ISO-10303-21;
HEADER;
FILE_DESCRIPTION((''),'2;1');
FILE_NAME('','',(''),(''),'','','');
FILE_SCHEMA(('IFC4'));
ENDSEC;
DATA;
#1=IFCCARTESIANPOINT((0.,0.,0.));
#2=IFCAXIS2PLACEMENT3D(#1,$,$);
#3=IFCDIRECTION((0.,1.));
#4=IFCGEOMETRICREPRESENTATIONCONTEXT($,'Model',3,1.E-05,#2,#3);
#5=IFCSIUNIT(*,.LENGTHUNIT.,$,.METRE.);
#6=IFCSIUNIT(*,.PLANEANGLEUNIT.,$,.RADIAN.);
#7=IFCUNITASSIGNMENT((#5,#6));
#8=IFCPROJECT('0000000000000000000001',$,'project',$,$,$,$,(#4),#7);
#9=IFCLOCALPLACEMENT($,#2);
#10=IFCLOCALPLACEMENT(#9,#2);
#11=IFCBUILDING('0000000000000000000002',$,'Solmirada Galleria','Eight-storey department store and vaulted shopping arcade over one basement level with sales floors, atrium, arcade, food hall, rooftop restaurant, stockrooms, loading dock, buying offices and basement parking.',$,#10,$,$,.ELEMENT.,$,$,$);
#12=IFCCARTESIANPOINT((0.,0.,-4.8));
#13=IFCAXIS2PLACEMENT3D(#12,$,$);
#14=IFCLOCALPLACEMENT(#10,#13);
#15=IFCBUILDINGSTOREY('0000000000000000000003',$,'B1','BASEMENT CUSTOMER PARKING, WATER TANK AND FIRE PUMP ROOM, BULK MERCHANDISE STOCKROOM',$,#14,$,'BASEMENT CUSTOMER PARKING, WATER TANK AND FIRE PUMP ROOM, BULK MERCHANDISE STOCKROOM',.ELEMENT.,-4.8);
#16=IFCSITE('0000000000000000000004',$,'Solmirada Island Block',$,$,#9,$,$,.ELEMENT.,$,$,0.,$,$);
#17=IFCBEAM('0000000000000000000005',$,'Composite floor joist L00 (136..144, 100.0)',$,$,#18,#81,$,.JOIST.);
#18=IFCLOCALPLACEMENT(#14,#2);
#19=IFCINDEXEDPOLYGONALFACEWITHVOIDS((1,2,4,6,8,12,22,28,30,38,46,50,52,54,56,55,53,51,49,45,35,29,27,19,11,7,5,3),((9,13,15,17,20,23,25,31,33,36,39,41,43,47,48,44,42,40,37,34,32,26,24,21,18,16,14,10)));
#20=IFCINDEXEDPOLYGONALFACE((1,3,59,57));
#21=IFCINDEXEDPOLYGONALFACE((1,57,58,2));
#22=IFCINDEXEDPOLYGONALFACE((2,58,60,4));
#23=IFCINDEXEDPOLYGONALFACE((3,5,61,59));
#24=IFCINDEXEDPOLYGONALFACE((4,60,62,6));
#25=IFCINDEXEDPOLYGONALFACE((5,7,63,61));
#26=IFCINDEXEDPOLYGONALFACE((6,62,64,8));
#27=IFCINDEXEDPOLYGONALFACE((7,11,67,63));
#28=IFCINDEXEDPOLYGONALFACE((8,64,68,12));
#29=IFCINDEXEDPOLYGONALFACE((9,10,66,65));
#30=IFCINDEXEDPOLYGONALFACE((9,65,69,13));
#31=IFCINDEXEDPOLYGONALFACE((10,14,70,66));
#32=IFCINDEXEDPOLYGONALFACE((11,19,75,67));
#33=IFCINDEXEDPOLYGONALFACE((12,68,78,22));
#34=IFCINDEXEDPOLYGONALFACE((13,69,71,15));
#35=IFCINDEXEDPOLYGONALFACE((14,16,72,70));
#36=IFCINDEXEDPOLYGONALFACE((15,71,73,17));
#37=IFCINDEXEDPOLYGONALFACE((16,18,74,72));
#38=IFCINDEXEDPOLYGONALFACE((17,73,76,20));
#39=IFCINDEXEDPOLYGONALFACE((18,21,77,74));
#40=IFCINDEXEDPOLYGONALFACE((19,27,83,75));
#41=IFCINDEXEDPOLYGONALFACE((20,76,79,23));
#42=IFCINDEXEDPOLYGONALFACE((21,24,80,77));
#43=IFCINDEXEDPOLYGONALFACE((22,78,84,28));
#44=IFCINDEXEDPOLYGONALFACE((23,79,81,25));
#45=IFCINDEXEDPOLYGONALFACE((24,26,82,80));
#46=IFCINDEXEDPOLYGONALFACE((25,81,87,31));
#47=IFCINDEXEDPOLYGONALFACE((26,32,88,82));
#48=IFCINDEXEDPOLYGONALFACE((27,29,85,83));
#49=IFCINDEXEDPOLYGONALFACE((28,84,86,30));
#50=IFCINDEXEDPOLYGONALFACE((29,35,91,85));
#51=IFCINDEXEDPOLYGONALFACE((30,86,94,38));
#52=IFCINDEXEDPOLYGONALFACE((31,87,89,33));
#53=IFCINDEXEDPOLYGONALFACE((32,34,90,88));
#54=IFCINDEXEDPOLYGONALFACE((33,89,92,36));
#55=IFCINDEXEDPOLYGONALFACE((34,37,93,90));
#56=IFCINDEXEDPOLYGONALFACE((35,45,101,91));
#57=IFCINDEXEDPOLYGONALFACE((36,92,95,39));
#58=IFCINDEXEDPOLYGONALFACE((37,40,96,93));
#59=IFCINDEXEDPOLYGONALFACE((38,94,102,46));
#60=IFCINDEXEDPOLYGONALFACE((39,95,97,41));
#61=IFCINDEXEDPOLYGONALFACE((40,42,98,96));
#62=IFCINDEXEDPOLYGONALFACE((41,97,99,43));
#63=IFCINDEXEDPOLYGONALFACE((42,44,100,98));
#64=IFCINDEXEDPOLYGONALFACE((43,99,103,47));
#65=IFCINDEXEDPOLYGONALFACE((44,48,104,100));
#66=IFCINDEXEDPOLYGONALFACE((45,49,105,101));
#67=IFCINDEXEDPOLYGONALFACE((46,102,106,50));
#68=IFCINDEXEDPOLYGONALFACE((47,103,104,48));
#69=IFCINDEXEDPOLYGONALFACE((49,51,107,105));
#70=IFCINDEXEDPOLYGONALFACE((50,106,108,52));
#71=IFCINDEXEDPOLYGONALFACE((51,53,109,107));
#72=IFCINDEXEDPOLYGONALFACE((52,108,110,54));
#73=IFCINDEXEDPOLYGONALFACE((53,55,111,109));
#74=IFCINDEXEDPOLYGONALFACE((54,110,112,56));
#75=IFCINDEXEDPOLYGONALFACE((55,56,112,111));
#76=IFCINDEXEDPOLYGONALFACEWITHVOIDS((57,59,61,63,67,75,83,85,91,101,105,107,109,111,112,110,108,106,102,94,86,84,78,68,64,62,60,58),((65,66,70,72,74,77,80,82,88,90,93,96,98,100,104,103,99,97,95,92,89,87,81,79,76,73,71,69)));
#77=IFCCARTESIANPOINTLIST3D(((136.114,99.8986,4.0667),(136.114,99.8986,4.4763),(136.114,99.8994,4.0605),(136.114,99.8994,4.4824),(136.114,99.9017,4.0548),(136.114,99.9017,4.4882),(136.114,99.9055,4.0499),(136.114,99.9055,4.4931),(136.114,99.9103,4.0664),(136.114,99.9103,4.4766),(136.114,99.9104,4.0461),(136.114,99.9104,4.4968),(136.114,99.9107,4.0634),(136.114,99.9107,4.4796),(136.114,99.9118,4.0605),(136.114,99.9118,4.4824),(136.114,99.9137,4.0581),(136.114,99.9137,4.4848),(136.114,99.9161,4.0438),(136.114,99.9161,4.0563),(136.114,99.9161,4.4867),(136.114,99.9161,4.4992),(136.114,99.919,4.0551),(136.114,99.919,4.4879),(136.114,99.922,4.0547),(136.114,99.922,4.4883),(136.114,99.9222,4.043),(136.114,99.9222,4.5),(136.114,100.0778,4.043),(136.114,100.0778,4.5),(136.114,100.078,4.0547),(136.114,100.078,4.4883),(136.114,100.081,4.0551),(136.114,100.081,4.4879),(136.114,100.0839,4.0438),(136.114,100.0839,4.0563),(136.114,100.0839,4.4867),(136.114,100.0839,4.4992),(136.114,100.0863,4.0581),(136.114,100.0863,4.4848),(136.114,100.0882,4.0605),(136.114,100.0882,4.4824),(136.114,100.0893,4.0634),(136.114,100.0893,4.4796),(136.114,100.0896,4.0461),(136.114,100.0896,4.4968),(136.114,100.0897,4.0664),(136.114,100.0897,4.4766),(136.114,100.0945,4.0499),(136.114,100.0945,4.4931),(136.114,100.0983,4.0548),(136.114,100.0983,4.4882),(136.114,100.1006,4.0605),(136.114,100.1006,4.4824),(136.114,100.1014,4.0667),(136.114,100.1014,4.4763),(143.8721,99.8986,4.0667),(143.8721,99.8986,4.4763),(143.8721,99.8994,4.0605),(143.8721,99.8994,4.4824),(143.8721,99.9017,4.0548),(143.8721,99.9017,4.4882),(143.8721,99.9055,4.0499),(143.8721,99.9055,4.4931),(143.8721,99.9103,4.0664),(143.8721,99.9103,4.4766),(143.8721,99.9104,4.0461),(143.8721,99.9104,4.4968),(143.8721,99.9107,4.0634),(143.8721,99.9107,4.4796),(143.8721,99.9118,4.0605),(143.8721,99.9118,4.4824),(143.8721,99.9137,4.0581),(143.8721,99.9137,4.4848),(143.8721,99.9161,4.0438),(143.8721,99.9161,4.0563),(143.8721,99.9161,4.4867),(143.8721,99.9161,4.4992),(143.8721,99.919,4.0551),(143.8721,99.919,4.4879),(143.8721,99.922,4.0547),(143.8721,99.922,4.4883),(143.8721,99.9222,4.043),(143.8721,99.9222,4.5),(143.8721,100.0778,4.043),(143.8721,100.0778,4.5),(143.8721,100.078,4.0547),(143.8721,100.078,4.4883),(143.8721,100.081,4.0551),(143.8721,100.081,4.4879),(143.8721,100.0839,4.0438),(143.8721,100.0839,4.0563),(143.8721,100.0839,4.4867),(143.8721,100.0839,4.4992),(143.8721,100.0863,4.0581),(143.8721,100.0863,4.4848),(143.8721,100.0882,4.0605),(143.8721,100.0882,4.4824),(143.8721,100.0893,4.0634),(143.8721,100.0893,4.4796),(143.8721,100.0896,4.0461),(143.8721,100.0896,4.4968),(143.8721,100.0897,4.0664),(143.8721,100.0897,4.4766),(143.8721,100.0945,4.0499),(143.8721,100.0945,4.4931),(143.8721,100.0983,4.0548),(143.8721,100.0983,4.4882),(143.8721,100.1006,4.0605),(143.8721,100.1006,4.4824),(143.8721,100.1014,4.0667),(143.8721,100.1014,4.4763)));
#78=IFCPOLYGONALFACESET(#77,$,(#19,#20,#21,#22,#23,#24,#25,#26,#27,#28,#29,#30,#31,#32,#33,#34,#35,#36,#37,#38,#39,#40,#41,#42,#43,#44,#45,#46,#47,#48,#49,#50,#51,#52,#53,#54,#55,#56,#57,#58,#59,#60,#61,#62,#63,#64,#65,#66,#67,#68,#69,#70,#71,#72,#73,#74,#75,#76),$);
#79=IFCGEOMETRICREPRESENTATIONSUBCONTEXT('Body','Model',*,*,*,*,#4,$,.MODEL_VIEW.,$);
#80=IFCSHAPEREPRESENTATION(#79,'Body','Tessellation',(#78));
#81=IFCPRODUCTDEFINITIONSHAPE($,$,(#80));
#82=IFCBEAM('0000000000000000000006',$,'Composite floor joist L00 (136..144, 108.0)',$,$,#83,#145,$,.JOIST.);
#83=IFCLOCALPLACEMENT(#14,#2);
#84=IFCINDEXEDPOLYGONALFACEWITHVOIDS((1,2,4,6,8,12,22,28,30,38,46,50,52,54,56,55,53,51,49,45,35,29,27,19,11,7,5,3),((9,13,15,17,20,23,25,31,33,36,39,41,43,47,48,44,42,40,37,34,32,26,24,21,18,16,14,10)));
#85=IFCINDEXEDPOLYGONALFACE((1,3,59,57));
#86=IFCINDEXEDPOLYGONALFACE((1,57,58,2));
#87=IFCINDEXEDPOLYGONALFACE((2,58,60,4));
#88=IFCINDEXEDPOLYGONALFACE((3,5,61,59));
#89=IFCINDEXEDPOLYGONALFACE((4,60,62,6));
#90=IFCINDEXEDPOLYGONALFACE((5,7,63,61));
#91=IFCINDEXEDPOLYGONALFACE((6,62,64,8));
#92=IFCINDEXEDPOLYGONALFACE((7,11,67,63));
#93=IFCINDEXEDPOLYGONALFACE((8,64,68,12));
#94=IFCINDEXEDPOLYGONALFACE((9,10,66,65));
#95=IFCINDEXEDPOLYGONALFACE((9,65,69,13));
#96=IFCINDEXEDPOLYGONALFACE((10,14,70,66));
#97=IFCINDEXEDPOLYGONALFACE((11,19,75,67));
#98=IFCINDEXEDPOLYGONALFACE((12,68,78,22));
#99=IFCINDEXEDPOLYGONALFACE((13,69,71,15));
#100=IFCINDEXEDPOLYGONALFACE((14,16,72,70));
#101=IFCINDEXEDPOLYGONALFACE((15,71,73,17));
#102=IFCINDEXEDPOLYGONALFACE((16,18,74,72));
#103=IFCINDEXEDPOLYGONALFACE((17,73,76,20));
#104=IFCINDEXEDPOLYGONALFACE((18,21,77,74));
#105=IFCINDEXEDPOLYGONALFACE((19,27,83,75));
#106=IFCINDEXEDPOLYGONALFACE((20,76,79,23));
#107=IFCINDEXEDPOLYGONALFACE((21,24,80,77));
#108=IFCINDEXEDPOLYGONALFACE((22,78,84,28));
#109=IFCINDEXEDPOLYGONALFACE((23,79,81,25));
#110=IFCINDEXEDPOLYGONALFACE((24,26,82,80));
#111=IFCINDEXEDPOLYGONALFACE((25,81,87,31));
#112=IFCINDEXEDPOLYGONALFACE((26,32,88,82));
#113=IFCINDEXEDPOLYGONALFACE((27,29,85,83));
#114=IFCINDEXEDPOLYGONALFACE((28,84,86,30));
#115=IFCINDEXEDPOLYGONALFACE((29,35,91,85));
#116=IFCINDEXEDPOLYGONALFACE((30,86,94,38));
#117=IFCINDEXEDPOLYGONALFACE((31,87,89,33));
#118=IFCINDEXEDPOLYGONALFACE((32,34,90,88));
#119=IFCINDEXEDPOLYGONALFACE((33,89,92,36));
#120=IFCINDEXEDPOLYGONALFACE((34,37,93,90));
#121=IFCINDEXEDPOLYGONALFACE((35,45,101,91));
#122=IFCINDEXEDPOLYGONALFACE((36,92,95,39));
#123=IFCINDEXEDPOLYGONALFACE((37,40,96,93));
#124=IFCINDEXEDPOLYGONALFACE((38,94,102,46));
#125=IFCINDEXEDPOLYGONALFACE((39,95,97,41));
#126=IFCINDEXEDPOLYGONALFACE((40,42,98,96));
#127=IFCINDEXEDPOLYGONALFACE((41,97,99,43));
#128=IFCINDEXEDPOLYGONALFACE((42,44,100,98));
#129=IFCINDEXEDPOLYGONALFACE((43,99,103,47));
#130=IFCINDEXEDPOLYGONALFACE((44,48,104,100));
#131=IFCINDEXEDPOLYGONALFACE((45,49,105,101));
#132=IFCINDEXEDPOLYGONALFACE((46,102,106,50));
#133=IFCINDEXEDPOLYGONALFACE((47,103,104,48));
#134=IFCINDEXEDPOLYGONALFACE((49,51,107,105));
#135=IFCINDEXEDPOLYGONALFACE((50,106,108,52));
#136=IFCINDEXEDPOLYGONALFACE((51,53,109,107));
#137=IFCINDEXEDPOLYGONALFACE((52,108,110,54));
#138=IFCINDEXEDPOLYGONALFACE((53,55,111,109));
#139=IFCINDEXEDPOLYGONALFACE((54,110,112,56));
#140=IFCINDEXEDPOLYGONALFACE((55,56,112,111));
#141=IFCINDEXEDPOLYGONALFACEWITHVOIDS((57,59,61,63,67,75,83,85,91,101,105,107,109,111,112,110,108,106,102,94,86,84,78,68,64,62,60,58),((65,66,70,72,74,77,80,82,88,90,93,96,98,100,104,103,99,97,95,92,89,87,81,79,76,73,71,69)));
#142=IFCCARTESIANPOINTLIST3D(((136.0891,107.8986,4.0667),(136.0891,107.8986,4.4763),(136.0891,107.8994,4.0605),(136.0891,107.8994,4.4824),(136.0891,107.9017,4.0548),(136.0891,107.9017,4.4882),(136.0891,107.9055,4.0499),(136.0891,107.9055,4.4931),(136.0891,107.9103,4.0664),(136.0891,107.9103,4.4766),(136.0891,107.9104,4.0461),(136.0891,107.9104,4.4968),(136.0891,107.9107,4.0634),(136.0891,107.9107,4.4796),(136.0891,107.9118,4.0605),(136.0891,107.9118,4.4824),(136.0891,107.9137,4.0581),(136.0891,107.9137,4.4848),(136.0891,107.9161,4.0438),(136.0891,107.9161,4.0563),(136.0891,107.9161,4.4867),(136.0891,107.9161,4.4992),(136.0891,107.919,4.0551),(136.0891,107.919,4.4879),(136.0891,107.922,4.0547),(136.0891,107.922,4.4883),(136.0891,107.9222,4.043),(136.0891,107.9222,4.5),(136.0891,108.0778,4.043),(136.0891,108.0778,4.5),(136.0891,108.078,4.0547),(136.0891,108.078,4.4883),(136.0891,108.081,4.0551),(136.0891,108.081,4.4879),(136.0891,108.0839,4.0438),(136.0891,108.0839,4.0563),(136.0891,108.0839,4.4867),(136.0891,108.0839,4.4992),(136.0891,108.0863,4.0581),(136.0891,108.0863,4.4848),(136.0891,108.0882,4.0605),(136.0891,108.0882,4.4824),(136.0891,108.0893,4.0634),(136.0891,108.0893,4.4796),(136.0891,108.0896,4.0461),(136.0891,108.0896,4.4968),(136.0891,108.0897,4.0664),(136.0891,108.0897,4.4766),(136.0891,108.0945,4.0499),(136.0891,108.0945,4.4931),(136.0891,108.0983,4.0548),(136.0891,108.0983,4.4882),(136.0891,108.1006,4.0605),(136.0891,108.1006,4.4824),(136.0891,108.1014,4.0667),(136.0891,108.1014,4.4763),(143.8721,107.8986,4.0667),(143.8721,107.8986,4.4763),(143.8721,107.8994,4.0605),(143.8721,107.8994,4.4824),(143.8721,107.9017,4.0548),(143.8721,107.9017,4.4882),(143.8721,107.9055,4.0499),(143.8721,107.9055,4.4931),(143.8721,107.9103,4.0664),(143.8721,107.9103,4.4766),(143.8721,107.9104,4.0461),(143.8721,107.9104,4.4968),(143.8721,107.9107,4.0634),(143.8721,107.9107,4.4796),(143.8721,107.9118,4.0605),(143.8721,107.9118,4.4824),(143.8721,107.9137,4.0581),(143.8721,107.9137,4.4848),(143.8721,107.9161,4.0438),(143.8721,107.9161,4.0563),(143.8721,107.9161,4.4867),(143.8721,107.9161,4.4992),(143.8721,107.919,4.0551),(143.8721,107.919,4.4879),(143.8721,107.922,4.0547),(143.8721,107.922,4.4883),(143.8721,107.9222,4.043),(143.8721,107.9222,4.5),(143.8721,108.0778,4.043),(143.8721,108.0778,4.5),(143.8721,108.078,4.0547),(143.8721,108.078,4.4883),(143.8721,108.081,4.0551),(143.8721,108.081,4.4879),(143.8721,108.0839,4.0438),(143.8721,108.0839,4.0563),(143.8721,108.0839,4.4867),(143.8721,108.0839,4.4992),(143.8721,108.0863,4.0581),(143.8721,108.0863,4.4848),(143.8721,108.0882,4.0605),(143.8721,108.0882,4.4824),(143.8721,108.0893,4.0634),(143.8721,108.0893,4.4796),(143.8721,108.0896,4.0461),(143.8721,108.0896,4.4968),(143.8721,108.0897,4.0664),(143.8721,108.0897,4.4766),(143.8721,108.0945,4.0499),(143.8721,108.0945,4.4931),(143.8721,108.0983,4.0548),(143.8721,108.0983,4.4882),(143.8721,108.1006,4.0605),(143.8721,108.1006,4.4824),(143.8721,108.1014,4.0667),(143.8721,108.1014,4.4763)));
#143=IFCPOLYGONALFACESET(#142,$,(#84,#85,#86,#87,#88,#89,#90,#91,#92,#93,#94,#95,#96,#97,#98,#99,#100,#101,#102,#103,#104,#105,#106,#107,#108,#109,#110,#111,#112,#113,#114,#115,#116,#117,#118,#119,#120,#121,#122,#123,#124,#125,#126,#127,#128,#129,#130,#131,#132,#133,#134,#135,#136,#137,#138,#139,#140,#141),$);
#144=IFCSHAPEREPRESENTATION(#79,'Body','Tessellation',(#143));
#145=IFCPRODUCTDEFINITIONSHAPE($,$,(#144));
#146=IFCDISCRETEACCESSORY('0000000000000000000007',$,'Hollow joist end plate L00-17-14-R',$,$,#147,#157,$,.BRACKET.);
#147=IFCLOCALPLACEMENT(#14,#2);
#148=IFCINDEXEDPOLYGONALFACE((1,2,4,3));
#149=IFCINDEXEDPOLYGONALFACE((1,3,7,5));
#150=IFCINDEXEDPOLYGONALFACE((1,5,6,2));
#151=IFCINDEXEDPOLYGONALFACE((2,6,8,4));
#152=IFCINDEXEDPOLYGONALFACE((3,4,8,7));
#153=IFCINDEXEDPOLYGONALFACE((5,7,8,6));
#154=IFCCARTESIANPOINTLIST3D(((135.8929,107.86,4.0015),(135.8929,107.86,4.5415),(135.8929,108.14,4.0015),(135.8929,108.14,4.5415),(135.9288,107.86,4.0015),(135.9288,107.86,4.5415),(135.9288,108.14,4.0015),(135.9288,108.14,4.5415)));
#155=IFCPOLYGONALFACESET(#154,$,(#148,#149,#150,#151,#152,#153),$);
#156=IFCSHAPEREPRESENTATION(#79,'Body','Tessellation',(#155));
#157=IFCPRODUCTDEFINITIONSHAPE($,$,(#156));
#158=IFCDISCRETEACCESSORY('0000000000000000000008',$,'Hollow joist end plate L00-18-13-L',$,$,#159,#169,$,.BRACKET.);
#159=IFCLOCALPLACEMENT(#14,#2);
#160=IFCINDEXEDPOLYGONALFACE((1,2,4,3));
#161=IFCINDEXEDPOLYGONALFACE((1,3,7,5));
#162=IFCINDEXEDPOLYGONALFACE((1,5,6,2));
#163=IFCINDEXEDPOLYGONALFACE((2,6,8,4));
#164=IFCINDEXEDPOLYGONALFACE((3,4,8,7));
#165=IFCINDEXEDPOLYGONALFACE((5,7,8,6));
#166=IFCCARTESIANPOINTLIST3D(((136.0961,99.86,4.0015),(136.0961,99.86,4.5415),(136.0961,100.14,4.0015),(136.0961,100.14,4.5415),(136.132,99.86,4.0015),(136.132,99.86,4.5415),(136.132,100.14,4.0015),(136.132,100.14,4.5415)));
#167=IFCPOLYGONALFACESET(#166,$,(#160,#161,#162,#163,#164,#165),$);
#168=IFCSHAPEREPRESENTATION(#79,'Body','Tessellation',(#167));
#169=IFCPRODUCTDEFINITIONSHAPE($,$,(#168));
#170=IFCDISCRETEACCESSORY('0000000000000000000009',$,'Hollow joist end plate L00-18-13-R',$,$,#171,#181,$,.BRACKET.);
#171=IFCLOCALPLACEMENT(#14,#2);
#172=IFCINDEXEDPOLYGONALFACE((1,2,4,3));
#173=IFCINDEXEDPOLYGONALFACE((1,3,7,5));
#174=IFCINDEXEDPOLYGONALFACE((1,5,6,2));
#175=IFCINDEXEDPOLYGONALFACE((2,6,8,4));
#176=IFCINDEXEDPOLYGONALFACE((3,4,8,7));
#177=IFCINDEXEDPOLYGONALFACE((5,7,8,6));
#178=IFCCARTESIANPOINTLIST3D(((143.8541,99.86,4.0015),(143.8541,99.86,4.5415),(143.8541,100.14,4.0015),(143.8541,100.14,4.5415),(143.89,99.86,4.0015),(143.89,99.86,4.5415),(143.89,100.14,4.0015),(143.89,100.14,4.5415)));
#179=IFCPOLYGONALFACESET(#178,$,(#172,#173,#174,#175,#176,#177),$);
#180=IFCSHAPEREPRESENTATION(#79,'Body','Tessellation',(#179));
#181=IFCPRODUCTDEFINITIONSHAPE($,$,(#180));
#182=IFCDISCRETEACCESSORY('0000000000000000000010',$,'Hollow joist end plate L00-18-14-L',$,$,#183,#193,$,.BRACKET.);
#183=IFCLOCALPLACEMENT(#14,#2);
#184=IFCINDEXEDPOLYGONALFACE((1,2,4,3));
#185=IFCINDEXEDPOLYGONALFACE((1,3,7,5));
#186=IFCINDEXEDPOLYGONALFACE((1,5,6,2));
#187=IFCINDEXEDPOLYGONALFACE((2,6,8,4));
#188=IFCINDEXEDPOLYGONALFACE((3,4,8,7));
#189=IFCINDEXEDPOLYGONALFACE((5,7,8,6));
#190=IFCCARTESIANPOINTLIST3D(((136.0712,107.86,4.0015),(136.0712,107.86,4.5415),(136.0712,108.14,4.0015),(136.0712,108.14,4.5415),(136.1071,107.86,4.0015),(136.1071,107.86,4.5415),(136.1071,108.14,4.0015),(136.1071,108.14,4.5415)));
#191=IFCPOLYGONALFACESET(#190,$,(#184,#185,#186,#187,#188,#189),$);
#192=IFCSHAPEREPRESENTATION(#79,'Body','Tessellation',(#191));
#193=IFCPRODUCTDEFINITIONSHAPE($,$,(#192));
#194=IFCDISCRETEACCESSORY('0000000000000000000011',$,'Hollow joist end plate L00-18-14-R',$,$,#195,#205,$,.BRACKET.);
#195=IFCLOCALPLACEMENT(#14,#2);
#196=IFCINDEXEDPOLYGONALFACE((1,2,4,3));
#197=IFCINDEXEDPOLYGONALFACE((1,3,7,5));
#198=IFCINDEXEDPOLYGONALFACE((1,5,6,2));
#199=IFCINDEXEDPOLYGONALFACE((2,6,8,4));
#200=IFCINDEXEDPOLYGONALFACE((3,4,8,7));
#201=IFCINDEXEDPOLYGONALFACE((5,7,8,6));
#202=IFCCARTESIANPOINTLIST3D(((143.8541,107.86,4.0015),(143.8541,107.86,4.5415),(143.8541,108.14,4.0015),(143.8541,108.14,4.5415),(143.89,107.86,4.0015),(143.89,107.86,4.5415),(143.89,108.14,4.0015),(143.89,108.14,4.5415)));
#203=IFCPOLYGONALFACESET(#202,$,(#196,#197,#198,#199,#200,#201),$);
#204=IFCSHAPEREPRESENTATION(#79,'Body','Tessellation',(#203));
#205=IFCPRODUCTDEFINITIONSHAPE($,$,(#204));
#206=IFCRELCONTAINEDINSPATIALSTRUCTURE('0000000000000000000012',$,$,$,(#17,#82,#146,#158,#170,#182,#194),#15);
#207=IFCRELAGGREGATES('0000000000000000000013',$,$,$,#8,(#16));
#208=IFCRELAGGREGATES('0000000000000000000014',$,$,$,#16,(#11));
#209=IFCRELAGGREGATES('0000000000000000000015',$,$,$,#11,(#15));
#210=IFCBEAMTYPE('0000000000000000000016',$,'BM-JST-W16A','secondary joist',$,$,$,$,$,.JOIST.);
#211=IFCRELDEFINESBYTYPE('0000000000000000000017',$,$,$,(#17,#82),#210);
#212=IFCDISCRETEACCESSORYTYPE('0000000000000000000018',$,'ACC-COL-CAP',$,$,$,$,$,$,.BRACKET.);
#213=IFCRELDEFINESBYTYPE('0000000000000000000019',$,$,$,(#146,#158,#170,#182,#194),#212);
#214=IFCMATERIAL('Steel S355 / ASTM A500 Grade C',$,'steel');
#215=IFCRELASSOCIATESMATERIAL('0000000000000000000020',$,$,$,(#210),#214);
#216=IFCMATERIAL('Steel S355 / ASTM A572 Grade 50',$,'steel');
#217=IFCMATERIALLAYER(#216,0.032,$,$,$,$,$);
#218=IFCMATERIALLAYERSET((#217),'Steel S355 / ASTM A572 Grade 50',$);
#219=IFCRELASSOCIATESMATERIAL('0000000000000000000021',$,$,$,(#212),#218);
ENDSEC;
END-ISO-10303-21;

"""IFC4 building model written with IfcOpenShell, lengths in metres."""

from ifc_helpers import new_model, si_unit, direction, frame, origin, origin_2d, place, context, subcontext, project, spatial, rectangle, hollow_rectangle, extrude, material, layer, layer_set, material_profile, profile_set, type_object, element, save


model = new_model("IFC4")

# Units and contexts
model_context = context("Model", 3, precision=1e-05, world=origin(), true_north=direction((0.0, 1.0)))
body_context = subcontext(model_context, "Body", "Model", "MODEL_VIEW")
ifc_project = project(units=[si_unit("LENGTHUNIT", "METRE"), si_unit("PLANEANGLEUNIT", "RADIAN")], contexts=[model_context])

# Site, building, storey
site_placement = place(None, origin())
site = spatial("IfcSite", under=ifc_project, at=site_placement, Name="Solmirada Island Block", CompositionType="ELEMENT", RefElevation=0.0)
building_placement = place(site_placement, origin())
building = spatial("IfcBuilding", under=site, at=building_placement, Name="Solmirada Galleria", Description="Eight-storey department store and vaulted shopping arcade over one basement level with sales floors, atrium, arcade, food hall, rooftop restaurant, stockrooms, loading dock, buying offices and basement parking.", CompositionType="ELEMENT")
storey_placement = place(building_placement, frame((0.0, 0.0, -4.8)))
storey = spatial("IfcBuildingStorey", under=building, at=storey_placement, Name="B1", Description="BASEMENT CUSTOMER PARKING, WATER TANK AND FIRE PUMP ROOM, BULK MERCHANDISE STOCKROOM", LongName="BASEMENT CUSTOMER PARKING, WATER TANK AND FIRE PUMP ROOM, BULK MERCHANDISE STOCKROOM", CompositionType="ELEMENT", Elevation=-4.8)

# Beams
ifc_material_1 = material(Name="Steel S355 / ASTM A500 Grade C", Category="steel")
ifc_material_profile_1 = material_profile(ifc_material_1, hollow_rectangle(XDim=0.2029, YDim=0.457, WallThickness=0.0117, InnerFilletRadius=0.0117, OuterFilletRadius=0.0237, at=origin_2d()), Name="HSS18X8X1/2")
ifc_profile_set_1 = profile_set([ifc_material_profile_1], Name="Steel S355 / ASTM A500 Grade C")
beam_type_1 = type_object("IfcBeamType", Name="BM-JST-W16A", Description="secondary joist", PredefinedType="JOIST", material=ifc_profile_set_1)
beam_1_placement = place(storey_placement, frame((136.114, 100.0, 4.2715), z_axis=(1.0, 0.0, 0.0), x_axis=(0.0, 1.0, 0.0)))
element("IfcBeam", 1, at=beam_1_placement, inside=storey, type_object=beam_type_1, Name="Composite floor joist L00 (136..144, 100.0)", PredefinedType="JOIST", context=body_context, shape_type="SweptSolid", body=[
    extrude(hollow_rectangle(XDim=0.2029, YDim=0.457, WallThickness=0.0117, InnerFilletRadius=0.0117, OuterFilletRadius=0.0237, at=origin_2d()), origin(), (0.0, 0.0, 1.0), 7.7581),
])
beam_2_placement = place(storey_placement, frame((136.0891, 108.0, 4.2715), z_axis=(1.0, 0.0, 0.0), x_axis=(0.0, 1.0, 0.0)))
element("IfcBeam", 2, at=beam_2_placement, inside=storey, type_object=beam_type_1, Name="Composite floor joist L00 (136..144, 108.0)", PredefinedType="JOIST", context=body_context, shape_type="SweptSolid", body=[
    extrude(hollow_rectangle(XDim=0.2029, YDim=0.457, WallThickness=0.0117, InnerFilletRadius=0.0117, OuterFilletRadius=0.0237, at=origin_2d()), origin(), (0.0, 0.0, 1.0), 7.783),
])

# Discrete accessories
ifc_material_2 = material(Name="Steel S355 / ASTM A572 Grade 50", Category="steel")
ifc_layer_1 = layer(ifc_material_2, 0.032)
ifc_layer_set_1 = layer_set([ifc_layer_1], Name="Steel S355 / ASTM A572 Grade 50")
discrete_accessory_type = type_object("IfcDiscreteAccessoryType", Name="ACC-COL-CAP", PredefinedType="BRACKET", material=ifc_layer_set_1)
for number, where, z_axis, x_axis, name in (
    (3, (135.9109, 108.0, 4.0015), (0.0, 0.0, 1.0), (1.0, 0.0, 0.0), "Hollow joist end plate L00-17-14-R"),
    (4, (136.114, 100.0, 4.0015), (0.0, 0.0, 1.0), (1.0, 0.0, 0.0), "Hollow joist end plate L00-18-13-L"),
    (5, (143.8721, 100.0, 4.0015), (0.0, 0.0, 1.0), (1.0, 0.0, 0.0), "Hollow joist end plate L00-18-13-R"),
    (6, (136.0891, 108.0, 4.0015), (0.0, 0.0, 1.0), (1.0, 0.0, 0.0), "Hollow joist end plate L00-18-14-L"),
    (7, (143.8721, 108.0, 4.0015), (0.0, 0.0, 1.0), (1.0, 0.0, 0.0), "Hollow joist end plate L00-18-14-R"),
):
    element("IfcDiscreteAccessory", number, at=place(storey_placement, frame(where, z_axis=z_axis, x_axis=x_axis)), inside=storey, type_object=discrete_accessory_type, Name=name, PredefinedType="BRACKET", context=body_context, shape_type="SweptSolid", body=[
        extrude(rectangle(XDim=0.0359, YDim=0.28, at=origin_2d()), origin(), (0.0, 0.0, 1.0), 0.54),
    ])

save(model, "model.ifc")
